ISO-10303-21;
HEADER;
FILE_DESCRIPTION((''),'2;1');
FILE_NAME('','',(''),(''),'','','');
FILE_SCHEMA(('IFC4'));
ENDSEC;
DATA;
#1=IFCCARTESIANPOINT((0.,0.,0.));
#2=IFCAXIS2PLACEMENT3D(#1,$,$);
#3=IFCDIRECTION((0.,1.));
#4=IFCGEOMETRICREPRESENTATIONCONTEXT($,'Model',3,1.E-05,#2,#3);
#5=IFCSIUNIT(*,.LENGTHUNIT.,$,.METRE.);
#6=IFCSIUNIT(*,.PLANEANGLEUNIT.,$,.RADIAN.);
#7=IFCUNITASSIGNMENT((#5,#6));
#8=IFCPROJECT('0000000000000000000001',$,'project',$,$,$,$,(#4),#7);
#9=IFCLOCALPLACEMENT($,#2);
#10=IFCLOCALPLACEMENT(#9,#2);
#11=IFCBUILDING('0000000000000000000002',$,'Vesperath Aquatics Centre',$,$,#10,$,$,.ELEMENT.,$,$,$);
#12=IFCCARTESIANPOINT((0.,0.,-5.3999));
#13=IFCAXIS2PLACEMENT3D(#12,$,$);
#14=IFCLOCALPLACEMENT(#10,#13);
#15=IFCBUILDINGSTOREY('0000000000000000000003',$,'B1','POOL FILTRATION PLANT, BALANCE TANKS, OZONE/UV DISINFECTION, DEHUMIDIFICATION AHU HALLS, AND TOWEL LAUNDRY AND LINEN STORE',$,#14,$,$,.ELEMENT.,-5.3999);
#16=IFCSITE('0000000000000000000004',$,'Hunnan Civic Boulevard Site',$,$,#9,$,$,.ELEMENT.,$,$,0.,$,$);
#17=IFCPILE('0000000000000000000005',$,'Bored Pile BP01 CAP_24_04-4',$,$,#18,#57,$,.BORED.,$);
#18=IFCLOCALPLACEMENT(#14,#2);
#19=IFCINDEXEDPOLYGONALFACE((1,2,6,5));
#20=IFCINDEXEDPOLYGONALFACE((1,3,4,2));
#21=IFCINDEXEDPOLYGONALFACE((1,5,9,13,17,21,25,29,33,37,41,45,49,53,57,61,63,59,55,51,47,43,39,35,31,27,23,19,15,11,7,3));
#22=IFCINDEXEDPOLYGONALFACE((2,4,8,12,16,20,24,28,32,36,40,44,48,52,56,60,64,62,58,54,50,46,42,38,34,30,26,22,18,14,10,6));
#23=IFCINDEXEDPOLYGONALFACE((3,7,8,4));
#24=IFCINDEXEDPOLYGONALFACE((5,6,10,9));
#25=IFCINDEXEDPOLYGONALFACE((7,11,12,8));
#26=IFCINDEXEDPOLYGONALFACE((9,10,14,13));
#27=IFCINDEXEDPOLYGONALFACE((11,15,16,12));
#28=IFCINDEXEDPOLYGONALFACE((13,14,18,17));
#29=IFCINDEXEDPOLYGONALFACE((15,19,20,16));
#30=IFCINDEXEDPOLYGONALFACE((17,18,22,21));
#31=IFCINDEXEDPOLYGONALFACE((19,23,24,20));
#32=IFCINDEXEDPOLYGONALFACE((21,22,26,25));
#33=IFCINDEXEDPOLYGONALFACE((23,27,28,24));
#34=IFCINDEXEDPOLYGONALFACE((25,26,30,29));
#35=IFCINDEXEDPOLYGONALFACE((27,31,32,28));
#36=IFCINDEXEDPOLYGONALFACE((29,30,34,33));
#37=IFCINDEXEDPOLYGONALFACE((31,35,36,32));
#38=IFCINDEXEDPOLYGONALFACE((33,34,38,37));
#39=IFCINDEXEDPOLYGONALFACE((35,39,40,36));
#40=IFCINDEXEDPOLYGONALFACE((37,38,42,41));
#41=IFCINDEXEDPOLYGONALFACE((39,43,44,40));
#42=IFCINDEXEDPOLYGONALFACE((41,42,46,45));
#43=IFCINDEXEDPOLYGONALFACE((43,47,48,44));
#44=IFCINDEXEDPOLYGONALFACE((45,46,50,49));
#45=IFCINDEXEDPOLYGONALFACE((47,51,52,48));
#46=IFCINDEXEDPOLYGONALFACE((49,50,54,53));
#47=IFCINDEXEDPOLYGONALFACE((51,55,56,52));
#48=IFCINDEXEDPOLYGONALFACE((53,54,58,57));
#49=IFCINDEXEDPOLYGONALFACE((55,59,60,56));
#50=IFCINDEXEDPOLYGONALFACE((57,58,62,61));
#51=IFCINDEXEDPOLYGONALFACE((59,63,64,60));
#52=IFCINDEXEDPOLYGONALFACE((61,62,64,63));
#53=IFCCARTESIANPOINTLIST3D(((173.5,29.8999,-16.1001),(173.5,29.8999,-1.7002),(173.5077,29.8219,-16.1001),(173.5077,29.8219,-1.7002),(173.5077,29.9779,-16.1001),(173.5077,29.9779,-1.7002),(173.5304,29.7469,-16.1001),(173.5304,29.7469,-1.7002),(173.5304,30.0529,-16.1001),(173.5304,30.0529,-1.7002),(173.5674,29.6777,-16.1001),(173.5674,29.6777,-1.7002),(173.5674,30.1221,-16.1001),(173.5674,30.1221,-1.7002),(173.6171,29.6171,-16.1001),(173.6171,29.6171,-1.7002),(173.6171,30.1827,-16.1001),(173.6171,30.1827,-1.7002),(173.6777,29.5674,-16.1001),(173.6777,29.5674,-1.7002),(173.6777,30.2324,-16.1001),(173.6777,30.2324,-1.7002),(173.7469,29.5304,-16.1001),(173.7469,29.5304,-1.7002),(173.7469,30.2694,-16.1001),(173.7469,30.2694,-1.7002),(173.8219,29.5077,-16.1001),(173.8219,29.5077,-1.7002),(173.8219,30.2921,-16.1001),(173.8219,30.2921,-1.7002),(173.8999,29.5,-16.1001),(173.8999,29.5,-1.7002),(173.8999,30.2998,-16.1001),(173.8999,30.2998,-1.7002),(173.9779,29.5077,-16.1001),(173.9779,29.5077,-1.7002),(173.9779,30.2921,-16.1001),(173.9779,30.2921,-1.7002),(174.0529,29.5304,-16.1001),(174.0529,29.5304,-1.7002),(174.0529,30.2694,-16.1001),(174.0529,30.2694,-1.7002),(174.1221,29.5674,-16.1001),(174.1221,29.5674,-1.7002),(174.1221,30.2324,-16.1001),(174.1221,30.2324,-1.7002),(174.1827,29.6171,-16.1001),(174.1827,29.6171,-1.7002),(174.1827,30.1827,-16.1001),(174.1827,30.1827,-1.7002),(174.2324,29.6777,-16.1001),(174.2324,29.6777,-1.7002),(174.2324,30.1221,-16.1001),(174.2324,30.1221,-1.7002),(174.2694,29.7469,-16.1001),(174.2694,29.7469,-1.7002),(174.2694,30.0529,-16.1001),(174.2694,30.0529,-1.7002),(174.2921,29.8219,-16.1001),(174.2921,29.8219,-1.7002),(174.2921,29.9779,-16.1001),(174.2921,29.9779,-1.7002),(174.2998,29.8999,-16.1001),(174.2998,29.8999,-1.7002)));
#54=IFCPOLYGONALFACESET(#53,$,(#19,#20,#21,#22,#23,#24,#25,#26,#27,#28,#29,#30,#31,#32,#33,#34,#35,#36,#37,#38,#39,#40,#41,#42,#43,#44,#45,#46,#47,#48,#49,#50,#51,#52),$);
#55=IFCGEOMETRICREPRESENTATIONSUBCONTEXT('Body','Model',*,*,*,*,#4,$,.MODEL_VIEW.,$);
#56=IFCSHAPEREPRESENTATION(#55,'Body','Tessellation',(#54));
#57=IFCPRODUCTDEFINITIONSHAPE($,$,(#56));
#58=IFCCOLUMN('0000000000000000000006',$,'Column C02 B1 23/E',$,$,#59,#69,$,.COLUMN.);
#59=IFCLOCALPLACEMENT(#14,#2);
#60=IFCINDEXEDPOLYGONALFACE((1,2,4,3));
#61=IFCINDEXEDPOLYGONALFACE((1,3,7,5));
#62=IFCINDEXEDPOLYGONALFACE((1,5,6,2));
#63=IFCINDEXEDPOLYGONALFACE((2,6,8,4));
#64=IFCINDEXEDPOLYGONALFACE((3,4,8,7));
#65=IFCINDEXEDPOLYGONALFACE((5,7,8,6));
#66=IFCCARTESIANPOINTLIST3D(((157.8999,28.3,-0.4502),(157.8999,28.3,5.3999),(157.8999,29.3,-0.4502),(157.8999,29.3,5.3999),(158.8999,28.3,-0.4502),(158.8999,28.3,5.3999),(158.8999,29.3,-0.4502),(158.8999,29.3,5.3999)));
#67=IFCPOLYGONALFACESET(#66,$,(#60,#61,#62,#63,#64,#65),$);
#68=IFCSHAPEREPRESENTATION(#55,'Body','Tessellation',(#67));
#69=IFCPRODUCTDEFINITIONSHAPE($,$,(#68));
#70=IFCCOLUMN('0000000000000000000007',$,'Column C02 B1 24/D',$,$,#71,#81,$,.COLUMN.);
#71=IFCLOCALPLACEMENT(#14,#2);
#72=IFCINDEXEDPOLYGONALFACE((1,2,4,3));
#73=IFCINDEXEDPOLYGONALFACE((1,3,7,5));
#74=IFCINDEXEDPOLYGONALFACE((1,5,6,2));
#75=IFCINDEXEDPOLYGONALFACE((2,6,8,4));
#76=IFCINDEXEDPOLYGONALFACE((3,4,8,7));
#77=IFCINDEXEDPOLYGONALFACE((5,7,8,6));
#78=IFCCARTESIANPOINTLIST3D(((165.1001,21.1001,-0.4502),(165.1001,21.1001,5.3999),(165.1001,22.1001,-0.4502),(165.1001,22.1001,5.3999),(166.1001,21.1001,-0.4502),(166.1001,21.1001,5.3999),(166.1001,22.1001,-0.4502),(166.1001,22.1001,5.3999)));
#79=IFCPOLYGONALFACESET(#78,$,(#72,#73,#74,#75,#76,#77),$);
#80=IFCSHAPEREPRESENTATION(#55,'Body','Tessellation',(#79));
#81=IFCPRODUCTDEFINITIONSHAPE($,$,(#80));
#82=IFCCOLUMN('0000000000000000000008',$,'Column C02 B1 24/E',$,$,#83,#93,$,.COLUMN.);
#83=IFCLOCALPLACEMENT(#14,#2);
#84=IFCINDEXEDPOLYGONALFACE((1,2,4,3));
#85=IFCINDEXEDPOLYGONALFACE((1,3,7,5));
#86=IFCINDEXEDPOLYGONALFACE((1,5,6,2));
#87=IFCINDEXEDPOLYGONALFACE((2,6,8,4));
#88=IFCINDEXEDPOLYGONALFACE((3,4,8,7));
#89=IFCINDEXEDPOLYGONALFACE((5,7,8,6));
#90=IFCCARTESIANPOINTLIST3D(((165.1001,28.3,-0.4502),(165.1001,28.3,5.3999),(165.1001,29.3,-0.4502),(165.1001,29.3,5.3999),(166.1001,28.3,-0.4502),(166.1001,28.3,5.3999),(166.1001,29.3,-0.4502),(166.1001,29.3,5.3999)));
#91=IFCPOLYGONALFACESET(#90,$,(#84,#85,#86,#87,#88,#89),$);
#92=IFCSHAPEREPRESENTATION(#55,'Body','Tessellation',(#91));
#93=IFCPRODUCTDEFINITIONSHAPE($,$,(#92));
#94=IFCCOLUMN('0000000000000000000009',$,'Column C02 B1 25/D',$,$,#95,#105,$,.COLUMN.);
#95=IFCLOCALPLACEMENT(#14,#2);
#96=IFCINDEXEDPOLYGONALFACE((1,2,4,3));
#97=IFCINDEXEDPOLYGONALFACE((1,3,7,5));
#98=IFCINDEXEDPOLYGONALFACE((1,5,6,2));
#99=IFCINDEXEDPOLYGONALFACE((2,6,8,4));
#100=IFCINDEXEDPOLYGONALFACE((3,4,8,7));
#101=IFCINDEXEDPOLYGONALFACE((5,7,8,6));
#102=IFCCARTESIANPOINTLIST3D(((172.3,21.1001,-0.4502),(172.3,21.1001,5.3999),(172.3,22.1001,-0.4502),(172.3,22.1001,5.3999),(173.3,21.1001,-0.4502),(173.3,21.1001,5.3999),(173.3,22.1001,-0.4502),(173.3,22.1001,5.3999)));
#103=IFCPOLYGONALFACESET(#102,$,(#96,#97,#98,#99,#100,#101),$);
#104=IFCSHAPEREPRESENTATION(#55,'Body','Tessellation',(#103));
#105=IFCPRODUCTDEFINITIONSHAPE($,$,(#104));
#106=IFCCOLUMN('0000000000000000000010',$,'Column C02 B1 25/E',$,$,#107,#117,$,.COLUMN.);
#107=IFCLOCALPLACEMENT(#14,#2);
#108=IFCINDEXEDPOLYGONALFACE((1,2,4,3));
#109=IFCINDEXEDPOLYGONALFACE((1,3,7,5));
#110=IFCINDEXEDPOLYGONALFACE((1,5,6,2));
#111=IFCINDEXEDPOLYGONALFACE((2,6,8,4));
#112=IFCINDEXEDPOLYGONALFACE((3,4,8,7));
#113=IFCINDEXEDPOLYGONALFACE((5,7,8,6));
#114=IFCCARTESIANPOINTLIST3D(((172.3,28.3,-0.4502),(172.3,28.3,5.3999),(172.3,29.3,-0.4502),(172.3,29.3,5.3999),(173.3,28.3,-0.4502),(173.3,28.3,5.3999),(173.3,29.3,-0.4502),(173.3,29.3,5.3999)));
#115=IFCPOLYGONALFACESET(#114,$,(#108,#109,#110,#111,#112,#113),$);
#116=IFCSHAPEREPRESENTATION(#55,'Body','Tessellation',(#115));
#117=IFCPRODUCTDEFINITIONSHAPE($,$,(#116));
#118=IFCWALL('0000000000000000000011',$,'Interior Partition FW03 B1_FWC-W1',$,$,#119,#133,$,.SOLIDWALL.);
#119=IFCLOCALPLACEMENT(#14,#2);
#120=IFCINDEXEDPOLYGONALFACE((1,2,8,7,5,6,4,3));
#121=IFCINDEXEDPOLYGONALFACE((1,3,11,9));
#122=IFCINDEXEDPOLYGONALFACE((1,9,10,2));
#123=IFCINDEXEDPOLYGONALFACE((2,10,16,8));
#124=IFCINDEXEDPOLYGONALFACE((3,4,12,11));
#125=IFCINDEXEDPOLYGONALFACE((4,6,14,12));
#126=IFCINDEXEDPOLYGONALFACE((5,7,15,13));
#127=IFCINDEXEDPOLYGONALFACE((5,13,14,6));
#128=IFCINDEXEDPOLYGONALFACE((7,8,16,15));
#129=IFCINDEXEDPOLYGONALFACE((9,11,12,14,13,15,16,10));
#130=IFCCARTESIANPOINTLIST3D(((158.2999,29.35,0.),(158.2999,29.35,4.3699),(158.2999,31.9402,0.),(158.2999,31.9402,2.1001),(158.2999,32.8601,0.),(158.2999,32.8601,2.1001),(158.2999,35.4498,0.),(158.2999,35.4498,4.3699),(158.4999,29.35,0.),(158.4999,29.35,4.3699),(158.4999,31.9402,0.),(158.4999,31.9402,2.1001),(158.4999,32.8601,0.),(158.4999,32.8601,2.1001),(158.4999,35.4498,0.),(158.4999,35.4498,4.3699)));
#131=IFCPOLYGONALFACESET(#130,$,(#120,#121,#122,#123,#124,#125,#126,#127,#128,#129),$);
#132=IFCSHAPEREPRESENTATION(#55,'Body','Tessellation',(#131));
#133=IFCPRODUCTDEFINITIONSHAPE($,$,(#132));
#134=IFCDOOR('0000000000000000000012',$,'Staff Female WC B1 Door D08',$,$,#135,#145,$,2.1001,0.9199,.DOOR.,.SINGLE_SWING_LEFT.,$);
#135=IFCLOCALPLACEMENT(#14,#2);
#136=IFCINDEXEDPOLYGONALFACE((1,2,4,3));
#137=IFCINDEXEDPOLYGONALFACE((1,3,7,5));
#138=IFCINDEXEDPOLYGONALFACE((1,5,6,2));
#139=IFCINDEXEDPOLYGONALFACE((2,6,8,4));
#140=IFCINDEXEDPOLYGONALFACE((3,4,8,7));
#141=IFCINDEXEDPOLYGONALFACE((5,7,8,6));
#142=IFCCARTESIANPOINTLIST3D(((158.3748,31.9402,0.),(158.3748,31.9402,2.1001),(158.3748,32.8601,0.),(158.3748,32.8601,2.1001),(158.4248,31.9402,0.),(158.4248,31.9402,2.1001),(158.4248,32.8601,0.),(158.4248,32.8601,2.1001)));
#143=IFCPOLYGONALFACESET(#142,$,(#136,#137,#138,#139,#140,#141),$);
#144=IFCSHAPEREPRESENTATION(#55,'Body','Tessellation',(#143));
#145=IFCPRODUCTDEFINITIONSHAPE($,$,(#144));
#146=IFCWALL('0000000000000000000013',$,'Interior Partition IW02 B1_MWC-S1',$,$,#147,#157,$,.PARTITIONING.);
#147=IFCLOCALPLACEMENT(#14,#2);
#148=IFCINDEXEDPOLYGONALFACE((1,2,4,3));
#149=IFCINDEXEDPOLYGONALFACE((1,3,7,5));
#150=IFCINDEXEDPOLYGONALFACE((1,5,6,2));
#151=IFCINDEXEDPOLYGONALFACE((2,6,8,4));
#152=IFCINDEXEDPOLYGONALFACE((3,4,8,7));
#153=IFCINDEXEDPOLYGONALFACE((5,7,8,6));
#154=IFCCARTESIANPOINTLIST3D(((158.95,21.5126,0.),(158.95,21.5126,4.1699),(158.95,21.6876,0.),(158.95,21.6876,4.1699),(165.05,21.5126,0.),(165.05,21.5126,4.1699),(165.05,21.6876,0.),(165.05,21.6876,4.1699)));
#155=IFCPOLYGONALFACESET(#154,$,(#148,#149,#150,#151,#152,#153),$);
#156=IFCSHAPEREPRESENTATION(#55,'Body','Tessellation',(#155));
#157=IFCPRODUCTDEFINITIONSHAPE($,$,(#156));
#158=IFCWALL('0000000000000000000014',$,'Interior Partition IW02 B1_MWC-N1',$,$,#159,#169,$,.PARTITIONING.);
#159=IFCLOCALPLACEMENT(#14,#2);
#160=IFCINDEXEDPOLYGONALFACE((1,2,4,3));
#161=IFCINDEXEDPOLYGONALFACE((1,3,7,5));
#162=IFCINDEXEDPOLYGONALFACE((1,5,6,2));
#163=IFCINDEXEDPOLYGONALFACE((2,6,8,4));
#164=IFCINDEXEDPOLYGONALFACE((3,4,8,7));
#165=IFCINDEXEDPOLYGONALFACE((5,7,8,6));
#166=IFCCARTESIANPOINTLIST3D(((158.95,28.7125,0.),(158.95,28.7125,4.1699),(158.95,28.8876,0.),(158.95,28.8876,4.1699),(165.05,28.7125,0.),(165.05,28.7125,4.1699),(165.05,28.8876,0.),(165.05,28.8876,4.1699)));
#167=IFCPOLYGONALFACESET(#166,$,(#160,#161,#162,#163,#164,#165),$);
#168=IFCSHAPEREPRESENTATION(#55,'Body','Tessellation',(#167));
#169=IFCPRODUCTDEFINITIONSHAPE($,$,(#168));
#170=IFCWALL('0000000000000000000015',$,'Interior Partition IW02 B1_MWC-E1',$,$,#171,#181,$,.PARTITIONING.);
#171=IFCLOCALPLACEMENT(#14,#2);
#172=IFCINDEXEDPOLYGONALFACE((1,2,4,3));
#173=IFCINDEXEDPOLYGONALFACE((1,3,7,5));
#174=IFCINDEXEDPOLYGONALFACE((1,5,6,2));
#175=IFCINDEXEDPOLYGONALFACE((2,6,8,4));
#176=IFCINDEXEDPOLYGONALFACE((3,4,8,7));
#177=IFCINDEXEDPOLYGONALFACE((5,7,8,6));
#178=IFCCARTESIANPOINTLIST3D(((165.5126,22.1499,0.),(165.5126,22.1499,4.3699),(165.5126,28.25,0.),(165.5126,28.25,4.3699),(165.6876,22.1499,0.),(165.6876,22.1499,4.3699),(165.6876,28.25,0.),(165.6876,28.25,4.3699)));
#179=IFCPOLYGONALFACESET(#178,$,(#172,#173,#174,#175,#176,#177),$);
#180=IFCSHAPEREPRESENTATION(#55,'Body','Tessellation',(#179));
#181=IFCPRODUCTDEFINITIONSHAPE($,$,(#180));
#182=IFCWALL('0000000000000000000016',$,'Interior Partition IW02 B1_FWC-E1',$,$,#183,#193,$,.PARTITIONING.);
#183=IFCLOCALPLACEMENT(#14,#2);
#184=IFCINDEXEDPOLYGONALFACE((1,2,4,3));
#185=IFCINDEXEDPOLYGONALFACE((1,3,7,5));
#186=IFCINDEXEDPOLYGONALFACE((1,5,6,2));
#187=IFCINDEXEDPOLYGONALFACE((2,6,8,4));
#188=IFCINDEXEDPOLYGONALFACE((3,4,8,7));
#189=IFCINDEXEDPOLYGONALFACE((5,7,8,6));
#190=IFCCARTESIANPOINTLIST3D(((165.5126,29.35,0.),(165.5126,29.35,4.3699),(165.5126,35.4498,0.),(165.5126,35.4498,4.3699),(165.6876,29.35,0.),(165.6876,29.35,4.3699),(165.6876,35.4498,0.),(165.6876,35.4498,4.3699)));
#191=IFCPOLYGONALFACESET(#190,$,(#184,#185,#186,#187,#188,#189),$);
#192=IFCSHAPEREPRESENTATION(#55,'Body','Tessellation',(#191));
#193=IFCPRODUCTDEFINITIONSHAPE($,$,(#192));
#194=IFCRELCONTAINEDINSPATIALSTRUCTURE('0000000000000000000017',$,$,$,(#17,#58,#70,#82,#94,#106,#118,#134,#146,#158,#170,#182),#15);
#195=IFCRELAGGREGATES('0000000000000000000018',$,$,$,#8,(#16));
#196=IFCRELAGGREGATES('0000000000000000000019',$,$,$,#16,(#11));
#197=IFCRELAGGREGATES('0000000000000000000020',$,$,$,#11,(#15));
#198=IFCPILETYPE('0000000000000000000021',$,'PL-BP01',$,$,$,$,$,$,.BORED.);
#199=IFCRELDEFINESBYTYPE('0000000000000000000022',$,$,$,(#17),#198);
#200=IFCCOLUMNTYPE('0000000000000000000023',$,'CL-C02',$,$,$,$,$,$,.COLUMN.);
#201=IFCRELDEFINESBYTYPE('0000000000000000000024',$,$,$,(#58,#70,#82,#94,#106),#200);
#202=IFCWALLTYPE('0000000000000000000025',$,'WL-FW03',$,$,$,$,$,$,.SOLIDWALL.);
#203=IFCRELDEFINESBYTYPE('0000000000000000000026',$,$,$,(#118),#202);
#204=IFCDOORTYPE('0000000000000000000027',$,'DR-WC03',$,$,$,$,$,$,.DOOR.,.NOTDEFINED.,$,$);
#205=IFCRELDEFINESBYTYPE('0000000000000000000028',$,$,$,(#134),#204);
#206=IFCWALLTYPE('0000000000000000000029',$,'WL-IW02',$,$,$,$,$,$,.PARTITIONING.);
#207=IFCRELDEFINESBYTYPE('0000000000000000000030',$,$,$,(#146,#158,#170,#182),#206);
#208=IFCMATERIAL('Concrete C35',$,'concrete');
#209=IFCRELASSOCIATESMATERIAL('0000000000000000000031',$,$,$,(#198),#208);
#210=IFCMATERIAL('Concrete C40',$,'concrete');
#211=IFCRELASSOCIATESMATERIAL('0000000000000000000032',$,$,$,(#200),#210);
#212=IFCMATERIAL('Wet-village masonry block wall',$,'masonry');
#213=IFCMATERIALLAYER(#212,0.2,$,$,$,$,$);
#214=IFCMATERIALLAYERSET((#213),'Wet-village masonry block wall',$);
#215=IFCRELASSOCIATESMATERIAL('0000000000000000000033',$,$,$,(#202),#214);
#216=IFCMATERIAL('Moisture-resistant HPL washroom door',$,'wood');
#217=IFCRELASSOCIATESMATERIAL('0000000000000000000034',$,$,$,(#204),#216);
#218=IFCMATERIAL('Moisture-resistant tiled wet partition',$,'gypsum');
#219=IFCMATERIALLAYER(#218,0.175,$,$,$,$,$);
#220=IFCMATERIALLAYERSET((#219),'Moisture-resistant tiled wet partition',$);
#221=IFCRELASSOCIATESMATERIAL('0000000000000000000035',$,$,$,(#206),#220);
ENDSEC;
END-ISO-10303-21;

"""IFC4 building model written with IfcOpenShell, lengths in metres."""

from ifc_helpers import new_model, si_unit, direction, frame, frame_2d, origin, origin_2d, place, context, subcontext, project, spatial, rectangle, circle, extrude, material, layer, layer_set, material_profile, profile_set, type_object, element, fill, save


model = new_model("IFC4")

# Units and contexts
model_context = context("Model", 3, precision=1e-05, world=origin(), true_north=direction((0.0, 1.0)))
body_context = subcontext(model_context, "Body", "Model", "MODEL_VIEW")
ifc_project = project(units=[si_unit("LENGTHUNIT", "METRE"), si_unit("PLANEANGLEUNIT", "RADIAN")], contexts=[model_context])

# Site, building, storey
site_placement = place(None, origin())
site = spatial("IfcSite", under=ifc_project, at=site_placement, Name="Hunnan Civic Boulevard Site", CompositionType="ELEMENT", RefElevation=0.0)
building_placement = place(site_placement, origin())
building = spatial("IfcBuilding", under=site, at=building_placement, Name="Vesperath Aquatics Centre", CompositionType="ELEMENT")
storey_placement = place(building_placement, frame((0.0, 0.0, -5.3999)))
storey = spatial("IfcBuildingStorey", under=building, at=storey_placement, Name="B1", Description="POOL FILTRATION PLANT, BALANCE TANKS, OZONE/UV DISINFECTION, DEHUMIDIFICATION AHU HALLS, AND TOWEL LAUNDRY AND LINEN STORE", CompositionType="ELEMENT", Elevation=-5.3999)

# Shared definitions
ifc_material_1 = material(Name="Concrete C40", Category="concrete")

# Pile
ifc_material_2 = material(Name="Concrete C35", Category="concrete")
ifc_material_profile_1 = material_profile(ifc_material_2, circle(Radius=0.3999, at=origin_2d()), Name="PILE D800")
ifc_profile_set_1 = profile_set([ifc_material_profile_1], Name="Concrete C35")
pile_type = type_object("IfcPileType", Name="PL-BP01", PredefinedType="BORED", material=ifc_profile_set_1)
for number, where, z_axis, x_axis, name in (
    (1, (173.8999, 29.8999, -1.7002), (0.0, 0.0, -1.0), (1.0, 0.0, 0.0), "Bored Pile BP01 CAP_24_04-4"),
):
    element("IfcPile", number, at=place(storey_placement, frame(where, z_axis=z_axis, x_axis=x_axis)), inside=storey, type_object=pile_type, Name=name, PredefinedType="BORED", context=body_context, shape_type="SweptSolid", body=[
        extrude(circle(Radius=0.3999, at=origin_2d()), origin(), (0.0, 0.0, 1.0), 14.3999),
    ])

# Columns
ifc_material_profile_2 = material_profile(ifc_material_1, rectangle(XDim=1.0, YDim=1.0, at=origin_2d()), Name="RC 1000x1000")
ifc_profile_set_2 = profile_set([ifc_material_profile_2], Name="Concrete C40")
column_type = type_object("IfcColumnType", Name="CL-C02", PredefinedType="COLUMN", material=ifc_profile_set_2)
for number, where, z_axis, x_axis, name in (
    (2, (158.3999, 28.8, -0.4502), (0.0, 0.0, 1.0), (1.0, 0.0, 0.0), "Column C02 B1 23/E"),
    (3, (165.6001, 21.6001, -0.4502), (0.0, 0.0, 1.0), (1.0, 0.0, 0.0), "Column C02 B1 24/D"),
    (4, (165.6001, 28.8, -0.4502), (0.0, 0.0, 1.0), (1.0, 0.0, 0.0), "Column C02 B1 24/E"),
    (5, (172.8, 21.6001, -0.4502), (0.0, 0.0, 1.0), (1.0, 0.0, 0.0), "Column C02 B1 25/D"),
    (6, (172.8, 28.8, -0.4502), (0.0, 0.0, 1.0), (1.0, 0.0, 0.0), "Column C02 B1 25/E"),
):
    element("IfcColumn", number, at=place(storey_placement, frame(where, z_axis=z_axis, x_axis=x_axis)), inside=storey, type_object=column_type, Name=name, PredefinedType="COLUMN", context=body_context, shape_type="SweptSolid", body=[
        extrude(rectangle(XDim=1.0, YDim=1.0, at=origin_2d()), origin(), (0.0, 0.0, 1.0), 5.8501),
    ])

# Wall, opening, door
ifc_material_3 = material(Name="Wet-village masonry block wall", Category="masonry")
ifc_layer_1 = layer(ifc_material_3, 0.2)
ifc_layer_set_1 = layer_set([ifc_layer_1], Name="Wet-village masonry block wall")
wall_type_1 = type_object("IfcWallType", Name="WL-FW03", PredefinedType="SOLIDWALL", material=ifc_layer_set_1)
wall_1_placement = place(storey_placement, frame((158.3999, 29.3501, 0.0), z_axis=(0.0, 0.0, 1.0), x_axis=(0.0, 1.0, 0.0)))
wall_1 = element("IfcWall", 7, at=wall_1_placement, inside=storey, type_object=wall_type_1, Name="Interior Partition FW03 B1_FWC-W1", PredefinedType="SOLIDWALL", context=body_context, shape_type="SweptSolid", body=[
    extrude(rectangle(XDim=6.0999, YDim=0.2, at=frame_2d((3.0498, 0.0))), origin(), (0.0, 0.0, 1.0), 4.3699),
])
opening_placement = place(wall_1_placement, frame((2.5901, 0.0, 0.0)))
opening = element("IfcOpeningElement", 8, at=opening_placement, cuts=wall_1, PredefinedType="OPENING", context=body_context, shape_type="SweptSolid", body=[
    extrude(rectangle(XDim=0.9199, YDim=2.1001, at=frame_2d((0.46, 1.05))), frame((0.0, 0.1147, 0.0), z_axis=(0.0, -1.0, 0.0), x_axis=(1.0, 0.0, 0.0)), (0.0, 0.0, 1.0), 0.2297),
])
ifc_material_4 = material(Name="Moisture-resistant HPL washroom door", Category="wood")
door_type = type_object("IfcDoorType", Name="DR-WC03", OperationType="NOTDEFINED", PredefinedType="DOOR", material=ifc_material_4)
door_placement = place(opening_placement, frame((0.9199, 0.0, 0.0), z_axis=(0.0, 0.0, 1.0), x_axis=(-1.0, 0.0, 0.0)))
door = element("IfcDoor", 9, at=door_placement, inside=storey, type_object=door_type, Name="Staff Female WC B1 Door D08", OperationType="SINGLE_SWING_LEFT", OverallHeight=2.1001, OverallWidth=0.9199, PredefinedType="DOOR", context=body_context, shape_type="SweptSolid", body=[
    extrude(rectangle(XDim=0.9199, YDim=2.1001, at=frame_2d((0.46, 1.05))), frame((0.0, 0.0249, 0.0), z_axis=(0.0, -1.0, 0.0), x_axis=(1.0, 0.0, 0.0)), (0.0, 0.0, 1.0), 0.05),
])
fill(opening, door)

# Walls
ifc_material_5 = material(Name="Moisture-resistant tiled wet partition", Category="gypsum")
ifc_layer_2 = layer(ifc_material_5, 0.175)
ifc_layer_set_2 = layer_set([ifc_layer_2], Name="Moisture-resistant tiled wet partition")
wall_type_2 = type_object("IfcWallType", Name="WL-IW02", PredefinedType="PARTITIONING", material=ifc_layer_set_2)
for number, where, z_axis, x_axis, name in (
    (10, (158.95, 21.6001, 0.0), (0.0, 0.0, 1.0), (1.0, 0.0, 0.0), "Interior Partition IW02 B1_MWC-S1"),
    (11, (158.95, 28.8, 0.0), (0.0, 0.0, 1.0), (1.0, 0.0, 0.0), "Interior Partition IW02 B1_MWC-N1"),
):
    element("IfcWall", number, at=place(storey_placement, frame(where, z_axis=z_axis, x_axis=x_axis)), inside=storey, type_object=wall_type_2, Name=name, PredefinedType="PARTITIONING", context=body_context, shape_type="SweptSolid", body=[
        extrude(rectangle(XDim=6.1001, YDim=0.175, at=frame_2d((3.05, 0.0))), origin(), (0.0, 0.0, 1.0), 4.1699),
    ])
wall_2_placement = place(storey_placement, frame((165.6001, 22.1499, 0.0), z_axis=(0.0, 0.0, 1.0), x_axis=(0.0, 1.0, 0.0)))
element("IfcWall", 12, at=wall_2_placement, inside=storey, type_object=wall_type_2, Name="Interior Partition IW02 B1_MWC-E1", PredefinedType="PARTITIONING", context=body_context, shape_type="SweptSolid", body=[
    extrude(rectangle(XDim=6.1001, YDim=0.175, at=frame_2d((3.05, 0.0))), origin(), (0.0, 0.0, 1.0), 4.3699),
])
wall_3_placement = place(storey_placement, frame((165.6001, 29.3501, 0.0), z_axis=(0.0, 0.0, 1.0), x_axis=(0.0, 1.0, 0.0)))
element("IfcWall", 13, at=wall_3_placement, inside=storey, type_object=wall_type_2, Name="Interior Partition IW02 B1_FWC-E1", PredefinedType="PARTITIONING", context=body_context, shape_type="SweptSolid", body=[
    extrude(rectangle(XDim=6.0999, YDim=0.175, at=frame_2d((3.0498, 0.0))), origin(), (0.0, 0.0, 1.0), 4.3699),
])

save(model, "model.ifc")
